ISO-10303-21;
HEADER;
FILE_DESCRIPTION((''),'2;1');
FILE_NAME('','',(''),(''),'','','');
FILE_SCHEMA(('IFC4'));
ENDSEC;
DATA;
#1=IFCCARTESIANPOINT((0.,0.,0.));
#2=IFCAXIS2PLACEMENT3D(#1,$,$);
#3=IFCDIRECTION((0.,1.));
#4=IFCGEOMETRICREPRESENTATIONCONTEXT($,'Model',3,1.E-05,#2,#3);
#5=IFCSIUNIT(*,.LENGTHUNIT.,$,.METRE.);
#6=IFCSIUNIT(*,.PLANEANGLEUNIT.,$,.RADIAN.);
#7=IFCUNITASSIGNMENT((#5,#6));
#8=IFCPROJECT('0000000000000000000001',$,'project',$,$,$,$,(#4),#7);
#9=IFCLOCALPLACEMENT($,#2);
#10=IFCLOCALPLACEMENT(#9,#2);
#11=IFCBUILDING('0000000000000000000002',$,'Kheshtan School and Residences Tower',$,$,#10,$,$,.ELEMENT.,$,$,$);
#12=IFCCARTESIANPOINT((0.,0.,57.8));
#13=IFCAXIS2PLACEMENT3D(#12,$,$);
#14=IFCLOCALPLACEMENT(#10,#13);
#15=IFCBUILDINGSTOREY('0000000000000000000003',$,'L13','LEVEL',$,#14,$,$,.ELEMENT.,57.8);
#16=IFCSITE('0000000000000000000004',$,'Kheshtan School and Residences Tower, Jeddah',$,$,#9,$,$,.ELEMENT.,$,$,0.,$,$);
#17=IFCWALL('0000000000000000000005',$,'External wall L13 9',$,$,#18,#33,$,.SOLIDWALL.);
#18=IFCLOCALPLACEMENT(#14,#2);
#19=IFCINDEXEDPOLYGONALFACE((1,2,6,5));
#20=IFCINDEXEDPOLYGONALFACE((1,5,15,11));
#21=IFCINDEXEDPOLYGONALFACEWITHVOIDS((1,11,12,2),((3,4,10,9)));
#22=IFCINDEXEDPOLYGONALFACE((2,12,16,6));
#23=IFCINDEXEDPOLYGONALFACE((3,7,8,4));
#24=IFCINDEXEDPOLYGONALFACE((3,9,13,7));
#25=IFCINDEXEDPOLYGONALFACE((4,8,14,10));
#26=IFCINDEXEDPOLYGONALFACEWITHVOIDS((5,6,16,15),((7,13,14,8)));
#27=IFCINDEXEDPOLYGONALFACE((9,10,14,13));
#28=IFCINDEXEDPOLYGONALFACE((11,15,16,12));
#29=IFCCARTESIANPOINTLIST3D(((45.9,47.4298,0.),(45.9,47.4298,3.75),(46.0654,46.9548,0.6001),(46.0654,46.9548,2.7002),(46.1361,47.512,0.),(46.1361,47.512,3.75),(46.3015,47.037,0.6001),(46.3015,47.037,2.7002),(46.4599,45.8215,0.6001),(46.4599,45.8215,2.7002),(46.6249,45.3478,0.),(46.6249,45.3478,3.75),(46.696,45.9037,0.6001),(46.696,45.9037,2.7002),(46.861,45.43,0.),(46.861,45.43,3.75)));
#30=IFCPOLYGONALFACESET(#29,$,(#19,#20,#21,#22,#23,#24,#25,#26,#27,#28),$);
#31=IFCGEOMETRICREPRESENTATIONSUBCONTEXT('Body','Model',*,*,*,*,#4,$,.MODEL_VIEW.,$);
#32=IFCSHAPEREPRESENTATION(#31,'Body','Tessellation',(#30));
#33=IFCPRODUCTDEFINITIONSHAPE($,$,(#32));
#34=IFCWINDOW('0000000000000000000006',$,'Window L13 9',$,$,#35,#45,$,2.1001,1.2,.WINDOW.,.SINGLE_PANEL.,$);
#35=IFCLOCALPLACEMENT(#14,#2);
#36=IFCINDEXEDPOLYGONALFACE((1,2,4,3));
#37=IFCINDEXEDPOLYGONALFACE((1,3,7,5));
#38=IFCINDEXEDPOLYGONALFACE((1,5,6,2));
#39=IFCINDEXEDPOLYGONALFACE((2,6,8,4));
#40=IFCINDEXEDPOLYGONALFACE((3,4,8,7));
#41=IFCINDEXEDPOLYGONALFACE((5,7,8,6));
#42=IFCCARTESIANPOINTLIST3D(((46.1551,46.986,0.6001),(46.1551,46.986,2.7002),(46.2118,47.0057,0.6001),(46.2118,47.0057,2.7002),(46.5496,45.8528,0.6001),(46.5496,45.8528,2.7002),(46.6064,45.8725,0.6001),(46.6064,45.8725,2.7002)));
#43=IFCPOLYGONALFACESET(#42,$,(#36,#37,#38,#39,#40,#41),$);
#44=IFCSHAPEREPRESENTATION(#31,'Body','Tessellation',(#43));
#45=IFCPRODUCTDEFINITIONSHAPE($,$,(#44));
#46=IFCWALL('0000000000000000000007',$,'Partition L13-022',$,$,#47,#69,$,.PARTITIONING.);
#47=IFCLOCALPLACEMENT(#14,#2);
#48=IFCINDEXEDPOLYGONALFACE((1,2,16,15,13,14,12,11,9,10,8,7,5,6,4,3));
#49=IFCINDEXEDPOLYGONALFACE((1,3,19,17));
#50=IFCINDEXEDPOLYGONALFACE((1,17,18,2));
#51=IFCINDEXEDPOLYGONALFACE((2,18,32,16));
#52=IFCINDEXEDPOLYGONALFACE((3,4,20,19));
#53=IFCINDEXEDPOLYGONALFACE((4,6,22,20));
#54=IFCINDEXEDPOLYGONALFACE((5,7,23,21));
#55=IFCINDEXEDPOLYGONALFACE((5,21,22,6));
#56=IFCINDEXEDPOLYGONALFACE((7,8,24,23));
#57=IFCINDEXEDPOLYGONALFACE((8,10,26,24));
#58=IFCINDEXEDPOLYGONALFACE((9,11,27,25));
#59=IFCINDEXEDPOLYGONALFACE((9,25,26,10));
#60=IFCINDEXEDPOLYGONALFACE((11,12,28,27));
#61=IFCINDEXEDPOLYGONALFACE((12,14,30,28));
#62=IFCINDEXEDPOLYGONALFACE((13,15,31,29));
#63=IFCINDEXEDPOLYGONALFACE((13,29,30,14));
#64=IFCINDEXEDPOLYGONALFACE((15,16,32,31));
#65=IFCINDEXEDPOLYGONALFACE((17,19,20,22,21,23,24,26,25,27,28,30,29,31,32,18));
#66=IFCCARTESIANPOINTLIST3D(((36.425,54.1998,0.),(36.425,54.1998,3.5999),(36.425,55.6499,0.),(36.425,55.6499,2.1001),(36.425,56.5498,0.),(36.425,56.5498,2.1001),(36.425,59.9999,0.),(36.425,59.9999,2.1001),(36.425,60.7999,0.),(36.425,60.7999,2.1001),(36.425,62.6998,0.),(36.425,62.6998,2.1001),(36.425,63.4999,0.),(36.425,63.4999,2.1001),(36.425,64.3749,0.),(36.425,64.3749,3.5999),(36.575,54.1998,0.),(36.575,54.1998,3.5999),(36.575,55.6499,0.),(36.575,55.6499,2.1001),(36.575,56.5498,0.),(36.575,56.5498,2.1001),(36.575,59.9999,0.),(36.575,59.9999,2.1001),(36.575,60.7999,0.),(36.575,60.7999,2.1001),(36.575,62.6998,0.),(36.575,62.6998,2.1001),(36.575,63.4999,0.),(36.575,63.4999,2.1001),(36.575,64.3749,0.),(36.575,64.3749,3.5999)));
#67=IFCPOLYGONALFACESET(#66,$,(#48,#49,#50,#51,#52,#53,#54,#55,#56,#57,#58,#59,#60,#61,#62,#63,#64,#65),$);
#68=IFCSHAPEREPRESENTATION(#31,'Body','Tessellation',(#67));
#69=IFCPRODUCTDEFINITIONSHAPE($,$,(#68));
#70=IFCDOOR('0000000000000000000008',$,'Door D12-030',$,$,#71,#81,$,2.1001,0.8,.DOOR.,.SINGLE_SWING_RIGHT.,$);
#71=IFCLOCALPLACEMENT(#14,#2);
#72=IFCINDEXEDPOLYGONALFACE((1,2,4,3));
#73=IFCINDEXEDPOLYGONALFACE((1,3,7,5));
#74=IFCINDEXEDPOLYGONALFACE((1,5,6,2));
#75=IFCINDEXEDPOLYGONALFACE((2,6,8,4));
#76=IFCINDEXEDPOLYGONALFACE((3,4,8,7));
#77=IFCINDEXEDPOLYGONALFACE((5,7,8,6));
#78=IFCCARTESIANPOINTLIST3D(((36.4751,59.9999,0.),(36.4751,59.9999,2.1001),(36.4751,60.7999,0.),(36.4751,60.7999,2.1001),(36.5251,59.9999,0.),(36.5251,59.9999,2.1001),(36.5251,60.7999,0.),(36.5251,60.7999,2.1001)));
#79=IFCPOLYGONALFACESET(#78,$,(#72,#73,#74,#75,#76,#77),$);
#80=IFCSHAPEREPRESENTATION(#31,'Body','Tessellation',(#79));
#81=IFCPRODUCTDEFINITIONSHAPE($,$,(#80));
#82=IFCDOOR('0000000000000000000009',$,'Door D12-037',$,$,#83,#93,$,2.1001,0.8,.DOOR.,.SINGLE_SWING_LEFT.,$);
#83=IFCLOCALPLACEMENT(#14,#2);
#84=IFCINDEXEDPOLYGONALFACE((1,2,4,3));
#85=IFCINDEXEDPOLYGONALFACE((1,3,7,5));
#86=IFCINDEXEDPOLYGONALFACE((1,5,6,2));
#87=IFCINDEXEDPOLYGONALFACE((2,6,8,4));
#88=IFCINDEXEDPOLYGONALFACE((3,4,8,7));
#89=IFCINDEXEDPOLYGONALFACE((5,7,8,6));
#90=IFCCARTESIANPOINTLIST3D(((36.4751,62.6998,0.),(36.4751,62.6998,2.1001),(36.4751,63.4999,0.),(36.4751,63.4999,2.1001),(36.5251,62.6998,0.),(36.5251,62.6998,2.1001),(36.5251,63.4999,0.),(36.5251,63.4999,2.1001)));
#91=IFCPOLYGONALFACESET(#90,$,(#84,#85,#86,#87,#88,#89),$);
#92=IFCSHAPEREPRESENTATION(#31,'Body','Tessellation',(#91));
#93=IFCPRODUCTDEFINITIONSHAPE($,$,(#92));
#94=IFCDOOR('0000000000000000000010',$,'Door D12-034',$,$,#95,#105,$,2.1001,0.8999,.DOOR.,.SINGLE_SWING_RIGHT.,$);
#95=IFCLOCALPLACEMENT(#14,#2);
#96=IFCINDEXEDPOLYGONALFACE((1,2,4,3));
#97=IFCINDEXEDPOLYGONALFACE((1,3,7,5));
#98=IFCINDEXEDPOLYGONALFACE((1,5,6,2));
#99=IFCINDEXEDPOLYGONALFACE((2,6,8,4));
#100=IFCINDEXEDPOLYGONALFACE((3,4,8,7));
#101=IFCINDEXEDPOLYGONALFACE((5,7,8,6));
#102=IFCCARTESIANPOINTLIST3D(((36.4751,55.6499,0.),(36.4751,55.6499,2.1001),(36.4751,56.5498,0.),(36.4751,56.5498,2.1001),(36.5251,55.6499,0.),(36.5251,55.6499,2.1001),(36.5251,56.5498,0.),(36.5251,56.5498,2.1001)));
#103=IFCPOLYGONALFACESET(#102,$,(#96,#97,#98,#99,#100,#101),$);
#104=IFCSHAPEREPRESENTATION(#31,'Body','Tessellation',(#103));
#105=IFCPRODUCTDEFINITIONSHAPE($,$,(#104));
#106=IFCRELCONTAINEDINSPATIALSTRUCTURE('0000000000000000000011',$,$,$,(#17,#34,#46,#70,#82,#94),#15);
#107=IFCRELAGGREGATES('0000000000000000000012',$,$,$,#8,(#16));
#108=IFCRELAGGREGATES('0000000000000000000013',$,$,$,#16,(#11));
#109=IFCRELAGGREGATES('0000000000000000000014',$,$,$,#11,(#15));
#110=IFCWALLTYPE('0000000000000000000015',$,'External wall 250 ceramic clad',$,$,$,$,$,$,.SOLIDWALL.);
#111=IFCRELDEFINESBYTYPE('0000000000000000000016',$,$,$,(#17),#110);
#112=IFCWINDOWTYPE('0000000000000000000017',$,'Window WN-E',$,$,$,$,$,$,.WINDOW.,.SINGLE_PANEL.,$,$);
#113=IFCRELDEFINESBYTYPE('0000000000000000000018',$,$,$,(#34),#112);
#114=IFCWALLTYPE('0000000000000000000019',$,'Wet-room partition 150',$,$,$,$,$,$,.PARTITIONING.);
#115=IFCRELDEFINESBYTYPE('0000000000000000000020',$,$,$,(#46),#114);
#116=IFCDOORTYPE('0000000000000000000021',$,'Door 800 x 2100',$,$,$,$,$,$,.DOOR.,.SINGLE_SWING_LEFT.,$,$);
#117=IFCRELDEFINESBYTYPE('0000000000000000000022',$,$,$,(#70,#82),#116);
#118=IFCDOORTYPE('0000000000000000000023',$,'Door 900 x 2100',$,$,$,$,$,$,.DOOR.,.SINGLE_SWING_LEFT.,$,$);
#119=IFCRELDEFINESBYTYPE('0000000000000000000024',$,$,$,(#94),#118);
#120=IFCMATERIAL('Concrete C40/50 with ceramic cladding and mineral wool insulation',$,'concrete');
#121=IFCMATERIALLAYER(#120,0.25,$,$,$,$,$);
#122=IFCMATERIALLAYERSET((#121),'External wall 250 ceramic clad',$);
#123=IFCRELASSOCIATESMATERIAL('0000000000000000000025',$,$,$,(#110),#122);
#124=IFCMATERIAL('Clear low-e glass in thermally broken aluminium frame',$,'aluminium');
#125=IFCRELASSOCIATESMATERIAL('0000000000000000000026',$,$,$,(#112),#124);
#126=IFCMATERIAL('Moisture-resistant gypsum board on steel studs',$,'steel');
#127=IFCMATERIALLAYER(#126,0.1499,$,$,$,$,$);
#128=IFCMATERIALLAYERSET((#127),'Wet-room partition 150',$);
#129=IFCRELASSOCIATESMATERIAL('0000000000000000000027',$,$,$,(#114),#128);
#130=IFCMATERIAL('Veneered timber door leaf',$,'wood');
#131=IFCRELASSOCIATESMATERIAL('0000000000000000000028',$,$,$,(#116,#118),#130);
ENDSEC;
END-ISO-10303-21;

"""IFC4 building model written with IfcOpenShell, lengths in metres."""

from ifc_helpers import new_model, si_unit, direction, frame, frame_2d, origin, place, context, subcontext, project, spatial, rectangle, extrude, source, transform, mapped, material, layer, layer_set, type_object, element, fill, save


model = new_model("IFC4")

# Units and contexts
model_context = context("Model", 3, precision=1e-05, world=origin(), true_north=direction((0.0, 1.0)))
body_context = subcontext(model_context, "Body", "Model", "MODEL_VIEW")
ifc_project = project(units=[si_unit("LENGTHUNIT", "METRE"), si_unit("PLANEANGLEUNIT", "RADIAN")], contexts=[model_context])

# Site, building, storey
site_placement = place(None, origin())
site = spatial("IfcSite", under=ifc_project, at=site_placement, Name="Kheshtan School and Residences Tower, Jeddah", CompositionType="ELEMENT", RefElevation=0.0)
building_placement = place(site_placement, origin())
building = spatial("IfcBuilding", under=site, at=building_placement, Name="Kheshtan School and Residences Tower", CompositionType="ELEMENT")
storey_placement = place(building_placement, frame((0.0, 0.0, 57.8)))
storey = spatial("IfcBuildingStorey", under=building, at=storey_placement, Name="L13", Description="LEVEL", CompositionType="ELEMENT", Elevation=57.8)

# Shared definitions
ifc_material_1 = material(Name="Clear low-e glass in thermally broken aluminium frame", Category="aluminium")

# Wall, opening, window
ifc_material_2 = material(Name="Concrete C40/50 with ceramic cladding and mineral wool insulation", Category="concrete")
ifc_layer_1 = layer(ifc_material_2, 0.25)
ifc_layer_set_1 = layer_set([ifc_layer_1], Name="External wall 250 ceramic clad")
wall_type_1 = type_object("IfcWallType", Name="External wall 250 ceramic clad", PredefinedType="SOLIDWALL", material=ifc_layer_set_1)
wall_1_placement = place(storey_placement, frame((46.0181, 47.4709, 0.0), z_axis=(0.0, 0.0, 1.0), x_axis=(0.328791, -0.944403, 0.0)))
wall_1 = element("IfcWall", 1, at=wall_1_placement, inside=storey, type_object=wall_type_1, Name="External wall L13 9", PredefinedType="SOLIDWALL", context=body_context, shape_type="SweptSolid", body=[
    extrude(rectangle(XDim=2.2046, YDim=0.25, at=frame_2d((1.1023, 0.0))), origin(), (0.0, 0.0, 1.0), 3.75),
])
opening_1_placement = place(wall_1_placement, frame((0.5029, 0.0, 0.6001)))
opening_1 = element("IfcOpeningElement", 2, at=opening_1_placement, cuts=wall_1, PredefinedType="OPENING", context=body_context, shape_type="SweptSolid", body=[
    extrude(rectangle(XDim=1.2, YDim=2.1001, at=frame_2d((0.6001, 1.05))), frame((0.0, 0.135, 0.0), z_axis=(0.0, -1.0, 0.0), x_axis=(1.0, 0.0, 0.0)), (0.0, 0.0, 1.0), 0.27),
])
window_type = type_object("IfcWindowType", Name="Window WN-E", PartitioningType="SINGLE_PANEL", PredefinedType="WINDOW", material=ifc_material_1)
shared_shape_1 = source(origin(), body_context, "Body", "SweptSolid", [
    extrude(rectangle(XDim=1.2, YDim=2.1001, at=frame_2d((0.6001, 1.05))), frame((0.0, 0.03, 0.0), z_axis=(0.0, -1.0, 0.0), x_axis=(1.0, 0.0, 0.0)), (0.0, 0.0, 1.0), 0.0601),
])
window_placement = place(opening_1_placement, origin())
window = element("IfcWindow", 3, at=window_placement, inside=storey, type_object=window_type, Name="Window L13 9", OverallHeight=2.1001, OverallWidth=1.2, PartitioningType="SINGLE_PANEL", PredefinedType="WINDOW", context=body_context, shape_type="MappedRepresentation", body=[
    mapped(shared_shape_1, transform((0.0, 0.0, 0.0), x_axis=(1.0, 0.0, 0.0), y_axis=(0.0, 1.0, 0.0), z_axis=(0.0, 0.0, 1.0), scale=1.0)),
])
fill(opening_1, window)

# Wall, openings, doors
ifc_material_3 = material(Name="Moisture-resistant gypsum board on steel studs", Category="steel")
ifc_layer_2 = layer(ifc_material_3, 0.1499)
ifc_layer_set_2 = layer_set([ifc_layer_2], Name="Wet-room partition 150")
wall_type_2 = type_object("IfcWallType", Name="Wet-room partition 150", PredefinedType="PARTITIONING", material=ifc_layer_set_2)
wall_2_placement = place(storey_placement, frame((36.5, 54.2, 0.0), z_axis=(0.0, 0.0, 1.0), x_axis=(0.0, 1.0, 0.0)))
wall_2 = element("IfcWall", 4, at=wall_2_placement, inside=storey, type_object=wall_type_2, Name="Partition L13-022", PredefinedType="PARTITIONING", context=body_context, shape_type="SweptSolid", body=[
    extrude(rectangle(XDim=10.175, YDim=0.1499, at=frame_2d((5.0874, 0.0))), origin(), (0.0, 0.0, 1.0), 3.5999),
])
opening_2_placement = place(wall_2_placement, frame((5.8, 0.0, 0.0)))
opening_2 = element("IfcOpeningElement", 5, at=opening_2_placement, cuts=wall_2, PredefinedType="OPENING", context=body_context, shape_type="SweptSolid", body=[
    extrude(rectangle(XDim=0.8, YDim=2.1001, at=frame_2d((0.3999, 1.05))), frame((0.0, 0.085, 0.0), z_axis=(0.0, -1.0, 0.0), x_axis=(1.0, 0.0, 0.0)), (0.0, 0.0, 1.0), 0.1699),
])
opening_3_placement = place(wall_2_placement, frame((1.45, 0.0, 0.0)))
opening_3 = element("IfcOpeningElement", 6, at=opening_3_placement, cuts=wall_2, PredefinedType="OPENING", context=body_context, shape_type="SweptSolid", body=[
    extrude(rectangle(XDim=0.8999, YDim=2.1001, at=frame_2d((0.45, 1.05))), frame((0.0, 0.085, 0.0), z_axis=(0.0, -1.0, 0.0), x_axis=(1.0, 0.0, 0.0)), (0.0, 0.0, 1.0), 0.1699),
])
opening_4_placement = place(wall_2_placement, frame((8.5, 0.0, 0.0)))
opening_4 = element("IfcOpeningElement", 7, at=opening_4_placement, cuts=wall_2, PredefinedType="OPENING", context=body_context, shape_type="SweptSolid", body=[
    extrude(rectangle(XDim=0.8, YDim=2.1001, at=frame_2d((0.3999, 1.05))), frame((0.0, 0.085, 0.0), z_axis=(0.0, -1.0, 0.0), x_axis=(1.0, 0.0, 0.0)), (0.0, 0.0, 1.0), 0.1699),
])
ifc_material_4 = material(Name="Veneered timber door leaf", Category="wood")
door_type_1 = type_object("IfcDoorType", Name="Door 800 x 2100", OperationType="SINGLE_SWING_LEFT", PredefinedType="DOOR", material=ifc_material_4)
shared_shape_2 = source(origin(), body_context, "Body", "SweptSolid", [
    extrude(rectangle(XDim=0.8, YDim=2.1001, at=frame_2d((0.3999, 1.05))), frame((0.0, 0.0249, 0.0), z_axis=(0.0, -1.0, 0.0), x_axis=(1.0, 0.0, 0.0)), (0.0, 0.0, 1.0), 0.05),
])
door_1_placement = place(opening_2_placement, origin())
door_1 = element("IfcDoor", 8, at=door_1_placement, inside=storey, type_object=door_type_1, Name="Door D12-030", OperationType="SINGLE_SWING_RIGHT", OverallHeight=2.1001, OverallWidth=0.8, PredefinedType="DOOR", context=body_context, shape_type="MappedRepresentation", body=[
    mapped(shared_shape_2, transform((0.0, 0.0, 0.0), x_axis=(1.0, 0.0, 0.0), y_axis=(0.0, 1.0, 0.0), z_axis=(0.0, 0.0, 1.0), scale=1.0)),
])
fill(opening_2, door_1)
door_2_placement = place(opening_4_placement, origin())
door_2 = element("IfcDoor", 9, at=door_2_placement, inside=storey, type_object=door_type_1, Name="Door D12-037", OperationType="SINGLE_SWING_LEFT", OverallHeight=2.1001, OverallWidth=0.8, PredefinedType="DOOR", context=body_context, shape_type="MappedRepresentation", body=[
    mapped(shared_shape_2, transform((0.0, 0.0, 0.0), x_axis=(1.0, 0.0, 0.0), y_axis=(0.0, 1.0, 0.0), z_axis=(0.0, 0.0, 1.0), scale=1.0)),
])
fill(opening_4, door_2)
door_type_2 = type_object("IfcDoorType", Name="Door 900 x 2100", OperationType="SINGLE_SWING_LEFT", PredefinedType="DOOR", material=ifc_material_4)
shared_shape_3 = source(origin(), body_context, "Body", "SweptSolid", [
    extrude(rectangle(XDim=0.8999, YDim=2.1001, at=frame_2d((0.45, 1.05))), frame((0.0, 0.0249, 0.0), z_axis=(0.0, -1.0, 0.0), x_axis=(1.0, 0.0, 0.0)), (0.0, 0.0, 1.0), 0.05),
])
door_3_placement = place(opening_3_placement, origin())
door_3 = element("IfcDoor", 10, at=door_3_placement, inside=storey, type_object=door_type_2, Name="Door D12-034", OperationType="SINGLE_SWING_RIGHT", OverallHeight=2.1001, OverallWidth=0.8999, PredefinedType="DOOR", context=body_context, shape_type="MappedRepresentation", body=[
    mapped(shared_shape_3, transform((0.0, 0.0, 0.0), x_axis=(1.0, 0.0, 0.0), y_axis=(0.0, 1.0, 0.0), z_axis=(0.0, 0.0, 1.0), scale=1.0)),
])
fill(opening_3, door_3)

save(model, "model.ifc")
